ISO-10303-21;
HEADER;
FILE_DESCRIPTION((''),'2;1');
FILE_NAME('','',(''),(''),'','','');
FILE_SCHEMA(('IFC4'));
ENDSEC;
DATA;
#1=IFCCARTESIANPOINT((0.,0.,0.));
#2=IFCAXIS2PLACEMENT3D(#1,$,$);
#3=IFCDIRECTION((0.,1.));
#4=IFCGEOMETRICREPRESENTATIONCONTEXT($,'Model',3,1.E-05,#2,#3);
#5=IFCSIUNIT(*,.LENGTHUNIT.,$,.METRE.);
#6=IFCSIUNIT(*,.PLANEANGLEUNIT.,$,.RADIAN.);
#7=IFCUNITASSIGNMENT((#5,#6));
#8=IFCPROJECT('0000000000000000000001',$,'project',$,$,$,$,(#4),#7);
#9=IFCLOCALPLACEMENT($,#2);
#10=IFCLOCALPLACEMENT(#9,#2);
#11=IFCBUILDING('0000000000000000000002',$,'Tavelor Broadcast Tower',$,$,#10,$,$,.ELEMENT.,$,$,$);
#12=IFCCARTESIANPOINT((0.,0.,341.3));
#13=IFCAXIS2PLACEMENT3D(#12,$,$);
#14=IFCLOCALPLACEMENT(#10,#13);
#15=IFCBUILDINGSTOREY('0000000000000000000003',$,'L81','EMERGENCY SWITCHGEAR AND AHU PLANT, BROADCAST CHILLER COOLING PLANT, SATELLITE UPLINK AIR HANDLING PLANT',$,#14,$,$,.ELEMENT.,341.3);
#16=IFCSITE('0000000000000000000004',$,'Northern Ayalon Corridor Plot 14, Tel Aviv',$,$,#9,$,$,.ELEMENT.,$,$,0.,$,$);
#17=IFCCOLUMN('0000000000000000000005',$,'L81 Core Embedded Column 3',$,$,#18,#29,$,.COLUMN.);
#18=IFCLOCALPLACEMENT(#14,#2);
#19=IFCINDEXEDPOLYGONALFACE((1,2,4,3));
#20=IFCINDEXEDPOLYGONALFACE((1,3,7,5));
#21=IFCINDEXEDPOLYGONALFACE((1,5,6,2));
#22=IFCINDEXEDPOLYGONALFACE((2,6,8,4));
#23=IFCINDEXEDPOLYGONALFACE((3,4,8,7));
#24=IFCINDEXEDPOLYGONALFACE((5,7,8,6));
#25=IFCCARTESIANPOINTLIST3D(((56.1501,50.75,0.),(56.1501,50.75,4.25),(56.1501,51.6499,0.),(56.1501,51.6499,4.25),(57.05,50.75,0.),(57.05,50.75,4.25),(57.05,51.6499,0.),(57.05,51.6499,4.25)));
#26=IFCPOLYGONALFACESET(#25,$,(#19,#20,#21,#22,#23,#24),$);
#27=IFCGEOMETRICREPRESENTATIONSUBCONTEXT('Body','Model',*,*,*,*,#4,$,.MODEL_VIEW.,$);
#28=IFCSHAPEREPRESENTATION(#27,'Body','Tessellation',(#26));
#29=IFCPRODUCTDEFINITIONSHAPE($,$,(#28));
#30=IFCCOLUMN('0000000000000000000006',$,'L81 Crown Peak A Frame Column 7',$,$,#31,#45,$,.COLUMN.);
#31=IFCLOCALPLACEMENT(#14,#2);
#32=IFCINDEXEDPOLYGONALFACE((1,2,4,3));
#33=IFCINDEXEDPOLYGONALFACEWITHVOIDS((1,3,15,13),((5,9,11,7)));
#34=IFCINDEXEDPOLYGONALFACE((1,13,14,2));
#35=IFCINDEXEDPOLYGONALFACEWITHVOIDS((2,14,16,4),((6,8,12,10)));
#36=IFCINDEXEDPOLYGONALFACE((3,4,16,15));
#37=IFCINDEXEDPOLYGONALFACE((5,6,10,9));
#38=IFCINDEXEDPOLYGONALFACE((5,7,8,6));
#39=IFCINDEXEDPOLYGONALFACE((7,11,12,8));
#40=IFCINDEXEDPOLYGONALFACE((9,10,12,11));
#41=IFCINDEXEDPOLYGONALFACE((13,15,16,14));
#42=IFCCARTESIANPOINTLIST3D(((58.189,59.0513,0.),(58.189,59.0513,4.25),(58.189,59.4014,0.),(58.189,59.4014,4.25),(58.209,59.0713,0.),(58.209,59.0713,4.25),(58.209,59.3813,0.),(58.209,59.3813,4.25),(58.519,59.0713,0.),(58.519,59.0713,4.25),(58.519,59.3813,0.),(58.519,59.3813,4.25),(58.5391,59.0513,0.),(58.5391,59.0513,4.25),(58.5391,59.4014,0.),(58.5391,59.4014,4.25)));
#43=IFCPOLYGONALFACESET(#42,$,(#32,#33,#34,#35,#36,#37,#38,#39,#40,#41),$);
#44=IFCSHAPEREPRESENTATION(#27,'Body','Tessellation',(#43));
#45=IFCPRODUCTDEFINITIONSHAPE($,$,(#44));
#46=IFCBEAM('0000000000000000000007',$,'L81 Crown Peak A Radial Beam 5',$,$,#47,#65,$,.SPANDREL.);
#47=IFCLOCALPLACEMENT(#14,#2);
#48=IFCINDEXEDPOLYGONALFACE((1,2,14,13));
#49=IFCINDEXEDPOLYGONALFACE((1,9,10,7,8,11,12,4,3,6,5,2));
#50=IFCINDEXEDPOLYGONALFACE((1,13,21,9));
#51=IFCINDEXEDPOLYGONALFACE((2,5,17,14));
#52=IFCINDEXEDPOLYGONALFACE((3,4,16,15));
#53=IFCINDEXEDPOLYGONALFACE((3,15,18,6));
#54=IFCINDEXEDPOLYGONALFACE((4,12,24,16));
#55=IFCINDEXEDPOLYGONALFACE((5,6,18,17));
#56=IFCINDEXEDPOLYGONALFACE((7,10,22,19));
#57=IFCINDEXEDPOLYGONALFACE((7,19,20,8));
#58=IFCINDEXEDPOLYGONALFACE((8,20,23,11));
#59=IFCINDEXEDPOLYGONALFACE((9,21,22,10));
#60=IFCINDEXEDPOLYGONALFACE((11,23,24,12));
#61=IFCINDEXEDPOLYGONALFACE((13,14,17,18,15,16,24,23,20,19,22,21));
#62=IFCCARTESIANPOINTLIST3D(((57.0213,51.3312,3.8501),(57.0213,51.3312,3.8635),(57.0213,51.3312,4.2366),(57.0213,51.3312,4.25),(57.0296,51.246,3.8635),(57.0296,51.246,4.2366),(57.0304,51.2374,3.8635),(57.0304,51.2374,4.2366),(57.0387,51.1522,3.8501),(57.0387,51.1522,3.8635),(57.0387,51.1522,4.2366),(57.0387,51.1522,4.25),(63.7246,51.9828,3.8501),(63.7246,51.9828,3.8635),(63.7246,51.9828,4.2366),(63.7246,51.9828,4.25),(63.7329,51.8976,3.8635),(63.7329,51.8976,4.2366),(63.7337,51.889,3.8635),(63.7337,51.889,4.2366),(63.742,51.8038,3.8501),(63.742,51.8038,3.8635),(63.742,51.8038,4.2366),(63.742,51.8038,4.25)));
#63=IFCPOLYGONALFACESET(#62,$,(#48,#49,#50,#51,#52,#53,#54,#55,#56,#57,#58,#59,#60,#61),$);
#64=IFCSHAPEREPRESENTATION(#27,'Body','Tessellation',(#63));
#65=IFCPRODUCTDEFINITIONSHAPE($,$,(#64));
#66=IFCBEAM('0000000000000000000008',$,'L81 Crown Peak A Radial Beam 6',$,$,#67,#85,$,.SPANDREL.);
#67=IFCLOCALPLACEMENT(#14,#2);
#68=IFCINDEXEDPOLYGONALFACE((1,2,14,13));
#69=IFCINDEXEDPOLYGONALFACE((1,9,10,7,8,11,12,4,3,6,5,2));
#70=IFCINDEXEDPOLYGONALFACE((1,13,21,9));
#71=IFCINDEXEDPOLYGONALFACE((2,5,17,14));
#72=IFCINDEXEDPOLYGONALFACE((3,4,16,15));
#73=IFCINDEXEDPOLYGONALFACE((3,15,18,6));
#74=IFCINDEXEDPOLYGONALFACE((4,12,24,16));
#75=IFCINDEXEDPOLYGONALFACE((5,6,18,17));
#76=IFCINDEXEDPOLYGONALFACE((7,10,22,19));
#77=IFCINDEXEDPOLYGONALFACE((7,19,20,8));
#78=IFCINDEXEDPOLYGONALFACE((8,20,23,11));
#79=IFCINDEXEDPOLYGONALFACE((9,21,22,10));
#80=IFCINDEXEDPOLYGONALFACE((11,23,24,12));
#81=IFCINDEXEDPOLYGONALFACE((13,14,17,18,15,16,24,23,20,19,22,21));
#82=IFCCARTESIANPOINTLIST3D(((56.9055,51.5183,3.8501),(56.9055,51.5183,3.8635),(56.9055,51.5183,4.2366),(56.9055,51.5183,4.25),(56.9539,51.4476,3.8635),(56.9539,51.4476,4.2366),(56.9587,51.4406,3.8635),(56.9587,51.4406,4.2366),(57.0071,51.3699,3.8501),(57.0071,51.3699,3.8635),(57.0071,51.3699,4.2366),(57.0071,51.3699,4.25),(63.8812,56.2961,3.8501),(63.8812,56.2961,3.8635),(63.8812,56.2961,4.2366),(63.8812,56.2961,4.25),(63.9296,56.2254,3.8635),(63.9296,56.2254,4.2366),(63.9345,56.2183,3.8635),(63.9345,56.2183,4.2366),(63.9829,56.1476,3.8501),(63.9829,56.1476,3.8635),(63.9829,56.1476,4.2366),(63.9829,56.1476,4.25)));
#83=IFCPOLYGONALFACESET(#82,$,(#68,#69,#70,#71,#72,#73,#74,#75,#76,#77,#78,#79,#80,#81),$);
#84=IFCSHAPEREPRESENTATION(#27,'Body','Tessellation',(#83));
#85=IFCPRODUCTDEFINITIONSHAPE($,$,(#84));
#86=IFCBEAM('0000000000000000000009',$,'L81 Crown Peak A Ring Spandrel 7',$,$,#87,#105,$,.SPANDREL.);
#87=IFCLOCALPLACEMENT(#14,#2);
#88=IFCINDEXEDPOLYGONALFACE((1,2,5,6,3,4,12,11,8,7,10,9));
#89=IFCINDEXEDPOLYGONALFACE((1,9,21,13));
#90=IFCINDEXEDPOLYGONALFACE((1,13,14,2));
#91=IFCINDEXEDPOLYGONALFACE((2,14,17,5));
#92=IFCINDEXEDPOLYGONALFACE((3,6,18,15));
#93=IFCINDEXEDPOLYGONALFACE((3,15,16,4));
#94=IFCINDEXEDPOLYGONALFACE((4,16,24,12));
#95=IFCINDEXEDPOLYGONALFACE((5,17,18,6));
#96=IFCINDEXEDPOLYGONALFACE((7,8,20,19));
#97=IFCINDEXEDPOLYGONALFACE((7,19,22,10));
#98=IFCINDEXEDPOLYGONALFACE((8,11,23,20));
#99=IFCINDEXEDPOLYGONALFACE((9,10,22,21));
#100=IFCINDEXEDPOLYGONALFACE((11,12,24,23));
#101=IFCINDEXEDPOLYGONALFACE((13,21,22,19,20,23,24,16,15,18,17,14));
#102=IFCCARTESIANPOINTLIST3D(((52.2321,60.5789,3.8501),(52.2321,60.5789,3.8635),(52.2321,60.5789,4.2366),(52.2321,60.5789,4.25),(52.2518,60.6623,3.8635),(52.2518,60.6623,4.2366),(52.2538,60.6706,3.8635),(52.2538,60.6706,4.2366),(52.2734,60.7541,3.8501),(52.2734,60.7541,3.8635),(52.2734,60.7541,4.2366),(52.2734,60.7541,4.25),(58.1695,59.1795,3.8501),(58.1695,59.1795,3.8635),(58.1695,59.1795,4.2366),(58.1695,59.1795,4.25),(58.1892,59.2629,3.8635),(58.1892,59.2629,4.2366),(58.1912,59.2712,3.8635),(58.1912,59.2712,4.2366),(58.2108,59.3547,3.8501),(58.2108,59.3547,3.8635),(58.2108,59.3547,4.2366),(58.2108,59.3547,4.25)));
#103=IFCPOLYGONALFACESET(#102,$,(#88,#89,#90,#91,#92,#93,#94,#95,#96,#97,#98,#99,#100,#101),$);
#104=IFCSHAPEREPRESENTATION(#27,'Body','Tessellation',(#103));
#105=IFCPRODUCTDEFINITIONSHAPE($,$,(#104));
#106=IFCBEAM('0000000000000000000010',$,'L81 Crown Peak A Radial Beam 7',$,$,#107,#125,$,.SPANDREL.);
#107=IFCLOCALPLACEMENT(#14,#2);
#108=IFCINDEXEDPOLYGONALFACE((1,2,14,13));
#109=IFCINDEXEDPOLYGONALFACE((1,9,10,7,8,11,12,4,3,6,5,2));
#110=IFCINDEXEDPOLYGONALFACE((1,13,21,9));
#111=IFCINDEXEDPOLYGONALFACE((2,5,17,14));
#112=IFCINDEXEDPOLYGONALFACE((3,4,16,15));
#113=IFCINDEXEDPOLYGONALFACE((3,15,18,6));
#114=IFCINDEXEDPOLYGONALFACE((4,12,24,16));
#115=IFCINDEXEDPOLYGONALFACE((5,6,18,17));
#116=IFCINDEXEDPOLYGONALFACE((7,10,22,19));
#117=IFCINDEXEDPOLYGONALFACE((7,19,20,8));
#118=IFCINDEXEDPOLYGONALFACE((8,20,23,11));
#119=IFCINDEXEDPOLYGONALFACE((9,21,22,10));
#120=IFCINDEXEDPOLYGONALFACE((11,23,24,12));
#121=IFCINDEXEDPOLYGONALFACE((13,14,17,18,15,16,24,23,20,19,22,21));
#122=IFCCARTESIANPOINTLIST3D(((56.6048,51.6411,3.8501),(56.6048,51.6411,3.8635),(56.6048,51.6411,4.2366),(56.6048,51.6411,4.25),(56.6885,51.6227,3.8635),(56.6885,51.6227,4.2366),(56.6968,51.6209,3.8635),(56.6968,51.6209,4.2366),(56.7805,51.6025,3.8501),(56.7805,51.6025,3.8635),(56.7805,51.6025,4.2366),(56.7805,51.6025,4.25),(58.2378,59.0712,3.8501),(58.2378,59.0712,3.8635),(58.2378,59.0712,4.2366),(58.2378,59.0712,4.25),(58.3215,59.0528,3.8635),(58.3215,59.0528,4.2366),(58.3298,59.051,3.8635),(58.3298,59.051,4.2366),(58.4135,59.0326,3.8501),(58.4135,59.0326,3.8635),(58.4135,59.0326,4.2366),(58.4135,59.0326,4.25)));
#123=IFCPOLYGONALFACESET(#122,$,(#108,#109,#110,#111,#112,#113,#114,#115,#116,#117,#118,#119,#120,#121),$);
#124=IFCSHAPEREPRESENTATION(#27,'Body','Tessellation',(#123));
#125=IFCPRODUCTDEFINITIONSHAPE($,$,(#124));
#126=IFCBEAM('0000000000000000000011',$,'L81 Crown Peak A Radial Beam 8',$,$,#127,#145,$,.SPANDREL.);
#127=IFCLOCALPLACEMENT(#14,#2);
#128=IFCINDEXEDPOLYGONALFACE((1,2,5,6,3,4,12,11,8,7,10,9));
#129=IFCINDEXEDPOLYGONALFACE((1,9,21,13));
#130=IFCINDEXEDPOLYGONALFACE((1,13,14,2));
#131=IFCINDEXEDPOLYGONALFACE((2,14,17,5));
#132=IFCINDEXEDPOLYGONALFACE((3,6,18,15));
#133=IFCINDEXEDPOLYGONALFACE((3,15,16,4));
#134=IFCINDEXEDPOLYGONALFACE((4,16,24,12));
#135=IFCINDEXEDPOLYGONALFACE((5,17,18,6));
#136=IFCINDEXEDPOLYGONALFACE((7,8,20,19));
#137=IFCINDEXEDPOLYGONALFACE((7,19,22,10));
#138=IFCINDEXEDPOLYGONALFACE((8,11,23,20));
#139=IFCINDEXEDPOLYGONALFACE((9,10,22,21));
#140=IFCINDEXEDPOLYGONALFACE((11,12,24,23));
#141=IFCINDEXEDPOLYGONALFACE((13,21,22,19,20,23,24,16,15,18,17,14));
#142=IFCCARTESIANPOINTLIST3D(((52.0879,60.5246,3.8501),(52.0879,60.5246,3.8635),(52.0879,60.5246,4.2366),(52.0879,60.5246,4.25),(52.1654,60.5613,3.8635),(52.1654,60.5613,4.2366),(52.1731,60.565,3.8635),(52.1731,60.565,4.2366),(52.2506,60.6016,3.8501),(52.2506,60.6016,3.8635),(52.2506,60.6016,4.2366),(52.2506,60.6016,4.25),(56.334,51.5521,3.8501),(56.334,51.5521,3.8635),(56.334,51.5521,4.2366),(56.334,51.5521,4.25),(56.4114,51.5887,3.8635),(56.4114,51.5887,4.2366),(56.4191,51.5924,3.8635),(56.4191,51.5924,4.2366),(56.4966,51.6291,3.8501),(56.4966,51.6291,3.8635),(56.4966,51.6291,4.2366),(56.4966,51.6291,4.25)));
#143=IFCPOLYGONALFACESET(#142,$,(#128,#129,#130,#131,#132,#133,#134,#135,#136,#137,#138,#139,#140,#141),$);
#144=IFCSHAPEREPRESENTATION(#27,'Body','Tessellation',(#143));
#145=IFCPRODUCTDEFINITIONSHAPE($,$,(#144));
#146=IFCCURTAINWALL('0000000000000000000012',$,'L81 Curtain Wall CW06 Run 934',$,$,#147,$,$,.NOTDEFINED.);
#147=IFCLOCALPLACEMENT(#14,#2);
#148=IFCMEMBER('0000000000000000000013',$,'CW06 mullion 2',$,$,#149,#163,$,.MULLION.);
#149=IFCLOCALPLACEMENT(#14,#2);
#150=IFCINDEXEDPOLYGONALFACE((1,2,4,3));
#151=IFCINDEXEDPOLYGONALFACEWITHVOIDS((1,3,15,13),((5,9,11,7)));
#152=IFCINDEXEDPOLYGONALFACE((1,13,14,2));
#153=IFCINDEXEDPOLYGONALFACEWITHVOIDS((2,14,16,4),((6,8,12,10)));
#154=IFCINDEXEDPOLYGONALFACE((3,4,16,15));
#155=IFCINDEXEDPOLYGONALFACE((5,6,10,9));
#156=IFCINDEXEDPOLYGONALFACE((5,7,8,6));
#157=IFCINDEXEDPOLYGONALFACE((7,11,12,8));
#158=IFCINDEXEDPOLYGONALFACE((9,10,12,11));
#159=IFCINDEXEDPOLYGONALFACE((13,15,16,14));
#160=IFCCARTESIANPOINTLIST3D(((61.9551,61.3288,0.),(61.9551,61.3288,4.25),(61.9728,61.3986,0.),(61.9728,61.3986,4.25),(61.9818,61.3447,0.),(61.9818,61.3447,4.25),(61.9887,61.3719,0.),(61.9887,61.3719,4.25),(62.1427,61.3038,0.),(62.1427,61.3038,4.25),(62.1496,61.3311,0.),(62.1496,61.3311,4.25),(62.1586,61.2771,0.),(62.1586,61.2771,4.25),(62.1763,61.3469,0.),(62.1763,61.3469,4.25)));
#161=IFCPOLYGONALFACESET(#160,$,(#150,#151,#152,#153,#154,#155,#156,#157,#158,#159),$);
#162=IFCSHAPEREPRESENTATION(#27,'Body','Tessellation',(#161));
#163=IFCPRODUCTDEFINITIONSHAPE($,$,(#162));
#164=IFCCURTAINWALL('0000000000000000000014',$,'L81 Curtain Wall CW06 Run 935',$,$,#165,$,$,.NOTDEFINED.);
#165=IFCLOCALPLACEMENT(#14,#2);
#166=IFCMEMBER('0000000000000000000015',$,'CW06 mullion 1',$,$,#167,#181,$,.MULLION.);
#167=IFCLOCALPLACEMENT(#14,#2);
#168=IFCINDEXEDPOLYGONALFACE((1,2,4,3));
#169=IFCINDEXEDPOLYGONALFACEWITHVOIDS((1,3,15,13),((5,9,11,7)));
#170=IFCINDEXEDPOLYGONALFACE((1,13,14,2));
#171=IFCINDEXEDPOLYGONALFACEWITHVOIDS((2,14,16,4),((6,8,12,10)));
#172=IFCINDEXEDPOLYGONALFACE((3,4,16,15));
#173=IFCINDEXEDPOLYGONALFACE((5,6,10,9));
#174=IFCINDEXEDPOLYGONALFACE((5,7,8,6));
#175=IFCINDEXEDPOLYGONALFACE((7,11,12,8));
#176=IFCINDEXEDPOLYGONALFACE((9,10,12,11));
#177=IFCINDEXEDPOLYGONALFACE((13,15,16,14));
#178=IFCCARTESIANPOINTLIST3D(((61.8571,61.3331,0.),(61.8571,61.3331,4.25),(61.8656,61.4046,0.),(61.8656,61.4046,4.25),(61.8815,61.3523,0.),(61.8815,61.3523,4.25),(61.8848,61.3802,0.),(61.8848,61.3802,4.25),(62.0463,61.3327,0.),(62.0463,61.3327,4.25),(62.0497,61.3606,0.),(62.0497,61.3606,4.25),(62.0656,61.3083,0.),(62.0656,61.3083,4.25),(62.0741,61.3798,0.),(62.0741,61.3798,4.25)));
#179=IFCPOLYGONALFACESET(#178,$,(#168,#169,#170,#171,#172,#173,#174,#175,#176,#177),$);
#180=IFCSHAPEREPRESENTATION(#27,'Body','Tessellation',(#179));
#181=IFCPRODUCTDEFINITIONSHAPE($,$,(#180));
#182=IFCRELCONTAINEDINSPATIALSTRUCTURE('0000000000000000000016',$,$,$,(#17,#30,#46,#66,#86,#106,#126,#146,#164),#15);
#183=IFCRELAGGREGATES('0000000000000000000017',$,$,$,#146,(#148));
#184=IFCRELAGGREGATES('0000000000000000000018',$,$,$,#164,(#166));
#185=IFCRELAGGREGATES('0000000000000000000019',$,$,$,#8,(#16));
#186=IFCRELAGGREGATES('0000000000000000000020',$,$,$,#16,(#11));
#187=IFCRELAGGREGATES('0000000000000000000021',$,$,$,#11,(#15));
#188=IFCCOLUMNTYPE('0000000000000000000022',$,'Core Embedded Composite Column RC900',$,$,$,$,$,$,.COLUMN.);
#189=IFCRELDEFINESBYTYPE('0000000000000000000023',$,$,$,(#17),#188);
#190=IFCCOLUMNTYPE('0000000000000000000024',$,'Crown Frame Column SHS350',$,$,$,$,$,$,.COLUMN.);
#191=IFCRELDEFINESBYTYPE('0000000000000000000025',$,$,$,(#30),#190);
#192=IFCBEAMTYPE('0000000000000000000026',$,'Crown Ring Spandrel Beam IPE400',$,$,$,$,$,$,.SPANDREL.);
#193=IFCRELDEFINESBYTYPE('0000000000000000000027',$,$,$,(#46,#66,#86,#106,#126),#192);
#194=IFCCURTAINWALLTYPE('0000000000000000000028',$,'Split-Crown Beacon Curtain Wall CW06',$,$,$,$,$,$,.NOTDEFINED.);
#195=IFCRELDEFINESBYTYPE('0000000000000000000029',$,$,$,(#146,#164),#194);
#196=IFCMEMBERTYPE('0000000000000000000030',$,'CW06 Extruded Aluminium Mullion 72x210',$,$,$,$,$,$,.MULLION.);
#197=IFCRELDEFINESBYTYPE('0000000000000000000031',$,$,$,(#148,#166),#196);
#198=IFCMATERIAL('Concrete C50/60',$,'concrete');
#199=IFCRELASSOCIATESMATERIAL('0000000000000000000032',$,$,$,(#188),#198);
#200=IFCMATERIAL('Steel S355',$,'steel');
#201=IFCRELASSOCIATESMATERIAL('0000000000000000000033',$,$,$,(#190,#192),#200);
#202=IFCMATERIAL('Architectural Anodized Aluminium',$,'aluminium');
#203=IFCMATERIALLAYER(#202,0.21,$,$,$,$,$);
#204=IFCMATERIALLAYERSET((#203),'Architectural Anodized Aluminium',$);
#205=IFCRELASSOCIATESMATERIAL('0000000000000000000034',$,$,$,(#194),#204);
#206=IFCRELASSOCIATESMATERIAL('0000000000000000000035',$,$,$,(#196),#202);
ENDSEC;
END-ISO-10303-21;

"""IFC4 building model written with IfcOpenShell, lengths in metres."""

from ifc_helpers import new_model, si_unit, direction, frame, origin, origin_2d, place, context, subcontext, project, spatial, rectangle, hollow_rectangle, i_section, extrude, source, transform, mapped, material, layer, layer_set, material_profile, profile_set, type_object, type_shapes, element, aggregate, save


model = new_model("IFC4")

# Units and contexts
model_context = context("Model", 3, precision=1e-05, world=origin(), true_north=direction((0.0, 1.0)))
body_context = subcontext(model_context, "Body", "Model", "MODEL_VIEW")
ifc_project = project(units=[si_unit("LENGTHUNIT", "METRE"), si_unit("PLANEANGLEUNIT", "RADIAN")], contexts=[model_context])

# Site, building, storey
site_placement = place(None, origin())
site = spatial("IfcSite", under=ifc_project, at=site_placement, Name="Northern Ayalon Corridor Plot 14, Tel Aviv", CompositionType="ELEMENT", RefElevation=0.0)
building_placement = place(site_placement, origin())
building = spatial("IfcBuilding", under=site, at=building_placement, Name="Tavelor Broadcast Tower", CompositionType="ELEMENT")
storey_placement = place(building_placement, frame((0.0, 0.0, 341.3)))
storey = spatial("IfcBuildingStorey", under=building, at=storey_placement, Name="L81", Description="EMERGENCY SWITCHGEAR AND AHU PLANT, BROADCAST CHILLER COOLING PLANT, SATELLITE UPLINK AIR HANDLING PLANT", CompositionType="ELEMENT", Elevation=341.3)

# Columns
ifc_material_1 = material(Name="Concrete C50/60", Category="concrete")
ifc_material_profile_1 = material_profile(ifc_material_1, rectangle(XDim=0.8999, YDim=0.8999, at=origin_2d()), Name="RC 900x900")
ifc_profile_set_1 = profile_set([ifc_material_profile_1], Name="Concrete C50/60")
column_type_1 = type_object("IfcColumnType", Name="Core Embedded Composite Column RC900", PredefinedType="COLUMN", material=ifc_profile_set_1)
column_1_placement = place(storey_placement, frame((56.6001, 51.2, 0.0), z_axis=(0.0, 0.0, 1.0), x_axis=(1.0, 0.0, 0.0)))
element("IfcColumn", 1, at=column_1_placement, inside=storey, type_object=column_type_1, Name="L81 Core Embedded Column 3", PredefinedType="COLUMN", context=body_context, shape_type="SweptSolid", body=[
    extrude(rectangle(XDim=0.8999, YDim=0.8999, at=origin_2d()), origin(), (0.0, 0.0, 1.0), 4.25),
])
ifc_material_2 = material(Name="Steel S355", Category="steel")
ifc_material_profile_2 = material_profile(ifc_material_2, hollow_rectangle(XDim=0.3501, YDim=0.3501, WallThickness=0.02, at=origin_2d()), Name="SHS 350x350x20")
ifc_profile_set_2 = profile_set([ifc_material_profile_2], Name="Steel S355")
column_type_2 = type_object("IfcColumnType", Name="Crown Frame Column SHS350", PredefinedType="COLUMN", material=ifc_profile_set_2)
column_2_placement = place(storey_placement, frame((58.364, 59.2263, 0.0), z_axis=(0.0, 0.0, 1.0), x_axis=(1.0, 0.0, 0.0)))
element("IfcColumn", 2, at=column_2_placement, inside=storey, type_object=column_type_2, Name="L81 Crown Peak A Frame Column 7", PredefinedType="COLUMN", context=body_context, shape_type="SweptSolid", body=[
    extrude(hollow_rectangle(XDim=0.3501, YDim=0.3501, WallThickness=0.02, at=origin_2d()), origin(), (0.0, 0.0, 1.0), 4.25),
])

# Beams
ifc_material_profile_3 = material_profile(ifc_material_2, i_section(OverallWidth=0.1799, OverallDepth=0.3999, WebThickness=0.0085, FlangeThickness=0.0134, at=origin_2d()), Name="IPE 400")
ifc_profile_set_3 = profile_set([ifc_material_profile_3], Name="Steel S355")
beam_type = type_object("IfcBeamType", Name="Crown Ring Spandrel Beam IPE400", PredefinedType="SPANDREL", material=ifc_profile_set_3)
beam_1_placement = place(storey_placement, frame((57.03, 51.2417, 4.05), z_axis=(0.995309, 0.096751, 0.0), x_axis=(-0.096751, 0.995309, 0.0)))
element("IfcBeam", 3, at=beam_1_placement, inside=storey, type_object=beam_type, Name="L81 Crown Peak A Radial Beam 5", PredefinedType="SPANDREL", context=body_context, shape_type="SweptSolid", body=[
    extrude(i_section(OverallWidth=0.1799, OverallDepth=0.3999, WebThickness=0.0085, FlangeThickness=0.0134, at=origin_2d()), origin(), (0.0, 0.0, 1.0), 6.7349),
])
beam_2_placement = place(storey_placement, frame((56.9563, 51.4441, 4.05), z_axis=(0.825037, 0.565078, 0.0), x_axis=(-0.565078, 0.825037, 0.0)))
element("IfcBeam", 4, at=beam_2_placement, inside=storey, type_object=beam_type, Name="L81 Crown Peak A Radial Beam 6", PredefinedType="SPANDREL", context=body_context, shape_type="SweptSolid", body=[
    extrude(i_section(OverallWidth=0.1799, OverallDepth=0.3999, WebThickness=0.0085, FlangeThickness=0.0134, at=origin_2d()), origin(), (0.0, 0.0, 1.0), 8.4551),
])
beam_3_placement = place(storey_placement, frame((58.1902, 59.2671, 4.05), z_axis=(-0.973331, 0.229405, 0.0), x_axis=(-0.229405, -0.973331, 0.0)))
element("IfcBeam", 5, at=beam_3_placement, inside=storey, type_object=beam_type, Name="L81 Crown Peak A Ring Spandrel 7", PredefinedType="SPANDREL", context=body_context, shape_type="SweptSolid", body=[
    extrude(i_section(OverallWidth=0.1799, OverallDepth=0.3999, WebThickness=0.0085, FlangeThickness=0.0134, at=origin_2d()), origin(), (0.0, 0.0, 1.0), 6.1001),
])
beam_4_placement = place(storey_placement, frame((56.6926, 51.6218, 4.05), z_axis=(0.214663, 0.976688, 0.0), x_axis=(-0.976688, 0.214663, 0.0)))
element("IfcBeam", 6, at=beam_4_placement, inside=storey, type_object=beam_type, Name="L81 Crown Peak A Radial Beam 7", PredefinedType="SPANDREL", context=body_context, shape_type="SweptSolid", body=[
    extrude(i_section(OverallWidth=0.1799, OverallDepth=0.3999, WebThickness=0.0085, FlangeThickness=0.0134, at=origin_2d()), origin(), (0.0, 0.0, 1.0), 7.6074),
])
beam_5_placement = place(storey_placement, frame((56.4153, 51.5906, 4.05), z_axis=(-0.427748, 0.903898, 0.0), x_axis=(-0.903898, -0.427748, 0.0)))
element("IfcBeam", 7, at=beam_5_placement, inside=storey, type_object=beam_type, Name="L81 Crown Peak A Radial Beam 8", PredefinedType="SPANDREL", context=body_context, shape_type="SweptSolid", body=[
    extrude(i_section(OverallWidth=0.1799, OverallDepth=0.3999, WebThickness=0.0085, FlangeThickness=0.0134, at=origin_2d()), origin(), (0.0, 0.0, 1.0), 9.9265),
])

# Curtain wall, member
ifc_material_3 = material(Name="Architectural Anodized Aluminium", Category="aluminium")
ifc_layer_1 = layer(ifc_material_3, 0.21)
ifc_layer_set_1 = layer_set([ifc_layer_1], Name="Architectural Anodized Aluminium")
curtain_wall_type = type_object("IfcCurtainWallType", Name="Split-Crown Beacon Curtain Wall CW06", PredefinedType="NOTDEFINED", material=ifc_layer_set_1)
curtain_wall_1_placement = place(storey_placement, origin())
curtain_wall_1 = element("IfcCurtainWall", 8, at=curtain_wall_1_placement, inside=storey, type_object=curtain_wall_type, Name="L81 Curtain Wall CW06 Run 934", PredefinedType="NOTDEFINED")
ifc_material_profile_4 = material_profile(ifc_material_3, hollow_rectangle(XDim=0.072, YDim=0.21, WallThickness=0.022, at=origin_2d()), Name="RHS 72x210x22")
ifc_profile_set_4 = profile_set([ifc_material_profile_4], Name="Architectural Anodized Aluminium")
member_type_1 = type_object("IfcMemberType", Name="CW06 Extruded Aluminium Mullion 72x210", PredefinedType="MULLION", material=ifc_profile_set_4)
shared_shape_1 = source(origin(), body_context, "Body", "SweptSolid", [
    extrude(hollow_rectangle(XDim=0.072, YDim=0.21, WallThickness=0.022, at=origin_2d()), origin(), (0.0, 0.0, 1.0), 4.25),
])
type_shapes(member_type_1, [shared_shape_1])
member_1_placement = place(storey_placement, frame((62.0657, 61.3379, 0.0), z_axis=(0.0, 0.0, 1.0), x_axis=(-0.246191, -0.969221, 0.0)))
member_1 = element("IfcMember", 9, at=member_1_placement, type_object=member_type_1, Name="CW06 mullion 2", PredefinedType="MULLION", context=body_context, shape_type="MappedRepresentation", body=[
    mapped(shared_shape_1, transform((0.0, 0.0, 0.0), scale=1.0)),
])
aggregate(curtain_wall_1, [member_1])

# Curtain wall, member
curtain_wall_2_placement = place(storey_placement, origin())
curtain_wall_2 = element("IfcCurtainWall", 10, at=curtain_wall_2_placement, inside=storey, type_object=curtain_wall_type, Name="L81 Curtain Wall CW06 Run 935", PredefinedType="NOTDEFINED")
member_2_placement = place(storey_placement, frame((61.9656, 61.3564, 0.0), z_axis=(0.0, 0.0, 1.0), x_axis=(-0.118069, -0.993005, 0.0)))
member_2 = element("IfcMember", 11, at=member_2_placement, type_object=member_type_1, Name="CW06 mullion 1", PredefinedType="MULLION", context=body_context, shape_type="MappedRepresentation", body=[
    mapped(shared_shape_1, transform((0.0, 0.0, 0.0), scale=1.0)),
])

aggregate(curtain_wall_2, [member_2])

save(model, "model.ifc")
